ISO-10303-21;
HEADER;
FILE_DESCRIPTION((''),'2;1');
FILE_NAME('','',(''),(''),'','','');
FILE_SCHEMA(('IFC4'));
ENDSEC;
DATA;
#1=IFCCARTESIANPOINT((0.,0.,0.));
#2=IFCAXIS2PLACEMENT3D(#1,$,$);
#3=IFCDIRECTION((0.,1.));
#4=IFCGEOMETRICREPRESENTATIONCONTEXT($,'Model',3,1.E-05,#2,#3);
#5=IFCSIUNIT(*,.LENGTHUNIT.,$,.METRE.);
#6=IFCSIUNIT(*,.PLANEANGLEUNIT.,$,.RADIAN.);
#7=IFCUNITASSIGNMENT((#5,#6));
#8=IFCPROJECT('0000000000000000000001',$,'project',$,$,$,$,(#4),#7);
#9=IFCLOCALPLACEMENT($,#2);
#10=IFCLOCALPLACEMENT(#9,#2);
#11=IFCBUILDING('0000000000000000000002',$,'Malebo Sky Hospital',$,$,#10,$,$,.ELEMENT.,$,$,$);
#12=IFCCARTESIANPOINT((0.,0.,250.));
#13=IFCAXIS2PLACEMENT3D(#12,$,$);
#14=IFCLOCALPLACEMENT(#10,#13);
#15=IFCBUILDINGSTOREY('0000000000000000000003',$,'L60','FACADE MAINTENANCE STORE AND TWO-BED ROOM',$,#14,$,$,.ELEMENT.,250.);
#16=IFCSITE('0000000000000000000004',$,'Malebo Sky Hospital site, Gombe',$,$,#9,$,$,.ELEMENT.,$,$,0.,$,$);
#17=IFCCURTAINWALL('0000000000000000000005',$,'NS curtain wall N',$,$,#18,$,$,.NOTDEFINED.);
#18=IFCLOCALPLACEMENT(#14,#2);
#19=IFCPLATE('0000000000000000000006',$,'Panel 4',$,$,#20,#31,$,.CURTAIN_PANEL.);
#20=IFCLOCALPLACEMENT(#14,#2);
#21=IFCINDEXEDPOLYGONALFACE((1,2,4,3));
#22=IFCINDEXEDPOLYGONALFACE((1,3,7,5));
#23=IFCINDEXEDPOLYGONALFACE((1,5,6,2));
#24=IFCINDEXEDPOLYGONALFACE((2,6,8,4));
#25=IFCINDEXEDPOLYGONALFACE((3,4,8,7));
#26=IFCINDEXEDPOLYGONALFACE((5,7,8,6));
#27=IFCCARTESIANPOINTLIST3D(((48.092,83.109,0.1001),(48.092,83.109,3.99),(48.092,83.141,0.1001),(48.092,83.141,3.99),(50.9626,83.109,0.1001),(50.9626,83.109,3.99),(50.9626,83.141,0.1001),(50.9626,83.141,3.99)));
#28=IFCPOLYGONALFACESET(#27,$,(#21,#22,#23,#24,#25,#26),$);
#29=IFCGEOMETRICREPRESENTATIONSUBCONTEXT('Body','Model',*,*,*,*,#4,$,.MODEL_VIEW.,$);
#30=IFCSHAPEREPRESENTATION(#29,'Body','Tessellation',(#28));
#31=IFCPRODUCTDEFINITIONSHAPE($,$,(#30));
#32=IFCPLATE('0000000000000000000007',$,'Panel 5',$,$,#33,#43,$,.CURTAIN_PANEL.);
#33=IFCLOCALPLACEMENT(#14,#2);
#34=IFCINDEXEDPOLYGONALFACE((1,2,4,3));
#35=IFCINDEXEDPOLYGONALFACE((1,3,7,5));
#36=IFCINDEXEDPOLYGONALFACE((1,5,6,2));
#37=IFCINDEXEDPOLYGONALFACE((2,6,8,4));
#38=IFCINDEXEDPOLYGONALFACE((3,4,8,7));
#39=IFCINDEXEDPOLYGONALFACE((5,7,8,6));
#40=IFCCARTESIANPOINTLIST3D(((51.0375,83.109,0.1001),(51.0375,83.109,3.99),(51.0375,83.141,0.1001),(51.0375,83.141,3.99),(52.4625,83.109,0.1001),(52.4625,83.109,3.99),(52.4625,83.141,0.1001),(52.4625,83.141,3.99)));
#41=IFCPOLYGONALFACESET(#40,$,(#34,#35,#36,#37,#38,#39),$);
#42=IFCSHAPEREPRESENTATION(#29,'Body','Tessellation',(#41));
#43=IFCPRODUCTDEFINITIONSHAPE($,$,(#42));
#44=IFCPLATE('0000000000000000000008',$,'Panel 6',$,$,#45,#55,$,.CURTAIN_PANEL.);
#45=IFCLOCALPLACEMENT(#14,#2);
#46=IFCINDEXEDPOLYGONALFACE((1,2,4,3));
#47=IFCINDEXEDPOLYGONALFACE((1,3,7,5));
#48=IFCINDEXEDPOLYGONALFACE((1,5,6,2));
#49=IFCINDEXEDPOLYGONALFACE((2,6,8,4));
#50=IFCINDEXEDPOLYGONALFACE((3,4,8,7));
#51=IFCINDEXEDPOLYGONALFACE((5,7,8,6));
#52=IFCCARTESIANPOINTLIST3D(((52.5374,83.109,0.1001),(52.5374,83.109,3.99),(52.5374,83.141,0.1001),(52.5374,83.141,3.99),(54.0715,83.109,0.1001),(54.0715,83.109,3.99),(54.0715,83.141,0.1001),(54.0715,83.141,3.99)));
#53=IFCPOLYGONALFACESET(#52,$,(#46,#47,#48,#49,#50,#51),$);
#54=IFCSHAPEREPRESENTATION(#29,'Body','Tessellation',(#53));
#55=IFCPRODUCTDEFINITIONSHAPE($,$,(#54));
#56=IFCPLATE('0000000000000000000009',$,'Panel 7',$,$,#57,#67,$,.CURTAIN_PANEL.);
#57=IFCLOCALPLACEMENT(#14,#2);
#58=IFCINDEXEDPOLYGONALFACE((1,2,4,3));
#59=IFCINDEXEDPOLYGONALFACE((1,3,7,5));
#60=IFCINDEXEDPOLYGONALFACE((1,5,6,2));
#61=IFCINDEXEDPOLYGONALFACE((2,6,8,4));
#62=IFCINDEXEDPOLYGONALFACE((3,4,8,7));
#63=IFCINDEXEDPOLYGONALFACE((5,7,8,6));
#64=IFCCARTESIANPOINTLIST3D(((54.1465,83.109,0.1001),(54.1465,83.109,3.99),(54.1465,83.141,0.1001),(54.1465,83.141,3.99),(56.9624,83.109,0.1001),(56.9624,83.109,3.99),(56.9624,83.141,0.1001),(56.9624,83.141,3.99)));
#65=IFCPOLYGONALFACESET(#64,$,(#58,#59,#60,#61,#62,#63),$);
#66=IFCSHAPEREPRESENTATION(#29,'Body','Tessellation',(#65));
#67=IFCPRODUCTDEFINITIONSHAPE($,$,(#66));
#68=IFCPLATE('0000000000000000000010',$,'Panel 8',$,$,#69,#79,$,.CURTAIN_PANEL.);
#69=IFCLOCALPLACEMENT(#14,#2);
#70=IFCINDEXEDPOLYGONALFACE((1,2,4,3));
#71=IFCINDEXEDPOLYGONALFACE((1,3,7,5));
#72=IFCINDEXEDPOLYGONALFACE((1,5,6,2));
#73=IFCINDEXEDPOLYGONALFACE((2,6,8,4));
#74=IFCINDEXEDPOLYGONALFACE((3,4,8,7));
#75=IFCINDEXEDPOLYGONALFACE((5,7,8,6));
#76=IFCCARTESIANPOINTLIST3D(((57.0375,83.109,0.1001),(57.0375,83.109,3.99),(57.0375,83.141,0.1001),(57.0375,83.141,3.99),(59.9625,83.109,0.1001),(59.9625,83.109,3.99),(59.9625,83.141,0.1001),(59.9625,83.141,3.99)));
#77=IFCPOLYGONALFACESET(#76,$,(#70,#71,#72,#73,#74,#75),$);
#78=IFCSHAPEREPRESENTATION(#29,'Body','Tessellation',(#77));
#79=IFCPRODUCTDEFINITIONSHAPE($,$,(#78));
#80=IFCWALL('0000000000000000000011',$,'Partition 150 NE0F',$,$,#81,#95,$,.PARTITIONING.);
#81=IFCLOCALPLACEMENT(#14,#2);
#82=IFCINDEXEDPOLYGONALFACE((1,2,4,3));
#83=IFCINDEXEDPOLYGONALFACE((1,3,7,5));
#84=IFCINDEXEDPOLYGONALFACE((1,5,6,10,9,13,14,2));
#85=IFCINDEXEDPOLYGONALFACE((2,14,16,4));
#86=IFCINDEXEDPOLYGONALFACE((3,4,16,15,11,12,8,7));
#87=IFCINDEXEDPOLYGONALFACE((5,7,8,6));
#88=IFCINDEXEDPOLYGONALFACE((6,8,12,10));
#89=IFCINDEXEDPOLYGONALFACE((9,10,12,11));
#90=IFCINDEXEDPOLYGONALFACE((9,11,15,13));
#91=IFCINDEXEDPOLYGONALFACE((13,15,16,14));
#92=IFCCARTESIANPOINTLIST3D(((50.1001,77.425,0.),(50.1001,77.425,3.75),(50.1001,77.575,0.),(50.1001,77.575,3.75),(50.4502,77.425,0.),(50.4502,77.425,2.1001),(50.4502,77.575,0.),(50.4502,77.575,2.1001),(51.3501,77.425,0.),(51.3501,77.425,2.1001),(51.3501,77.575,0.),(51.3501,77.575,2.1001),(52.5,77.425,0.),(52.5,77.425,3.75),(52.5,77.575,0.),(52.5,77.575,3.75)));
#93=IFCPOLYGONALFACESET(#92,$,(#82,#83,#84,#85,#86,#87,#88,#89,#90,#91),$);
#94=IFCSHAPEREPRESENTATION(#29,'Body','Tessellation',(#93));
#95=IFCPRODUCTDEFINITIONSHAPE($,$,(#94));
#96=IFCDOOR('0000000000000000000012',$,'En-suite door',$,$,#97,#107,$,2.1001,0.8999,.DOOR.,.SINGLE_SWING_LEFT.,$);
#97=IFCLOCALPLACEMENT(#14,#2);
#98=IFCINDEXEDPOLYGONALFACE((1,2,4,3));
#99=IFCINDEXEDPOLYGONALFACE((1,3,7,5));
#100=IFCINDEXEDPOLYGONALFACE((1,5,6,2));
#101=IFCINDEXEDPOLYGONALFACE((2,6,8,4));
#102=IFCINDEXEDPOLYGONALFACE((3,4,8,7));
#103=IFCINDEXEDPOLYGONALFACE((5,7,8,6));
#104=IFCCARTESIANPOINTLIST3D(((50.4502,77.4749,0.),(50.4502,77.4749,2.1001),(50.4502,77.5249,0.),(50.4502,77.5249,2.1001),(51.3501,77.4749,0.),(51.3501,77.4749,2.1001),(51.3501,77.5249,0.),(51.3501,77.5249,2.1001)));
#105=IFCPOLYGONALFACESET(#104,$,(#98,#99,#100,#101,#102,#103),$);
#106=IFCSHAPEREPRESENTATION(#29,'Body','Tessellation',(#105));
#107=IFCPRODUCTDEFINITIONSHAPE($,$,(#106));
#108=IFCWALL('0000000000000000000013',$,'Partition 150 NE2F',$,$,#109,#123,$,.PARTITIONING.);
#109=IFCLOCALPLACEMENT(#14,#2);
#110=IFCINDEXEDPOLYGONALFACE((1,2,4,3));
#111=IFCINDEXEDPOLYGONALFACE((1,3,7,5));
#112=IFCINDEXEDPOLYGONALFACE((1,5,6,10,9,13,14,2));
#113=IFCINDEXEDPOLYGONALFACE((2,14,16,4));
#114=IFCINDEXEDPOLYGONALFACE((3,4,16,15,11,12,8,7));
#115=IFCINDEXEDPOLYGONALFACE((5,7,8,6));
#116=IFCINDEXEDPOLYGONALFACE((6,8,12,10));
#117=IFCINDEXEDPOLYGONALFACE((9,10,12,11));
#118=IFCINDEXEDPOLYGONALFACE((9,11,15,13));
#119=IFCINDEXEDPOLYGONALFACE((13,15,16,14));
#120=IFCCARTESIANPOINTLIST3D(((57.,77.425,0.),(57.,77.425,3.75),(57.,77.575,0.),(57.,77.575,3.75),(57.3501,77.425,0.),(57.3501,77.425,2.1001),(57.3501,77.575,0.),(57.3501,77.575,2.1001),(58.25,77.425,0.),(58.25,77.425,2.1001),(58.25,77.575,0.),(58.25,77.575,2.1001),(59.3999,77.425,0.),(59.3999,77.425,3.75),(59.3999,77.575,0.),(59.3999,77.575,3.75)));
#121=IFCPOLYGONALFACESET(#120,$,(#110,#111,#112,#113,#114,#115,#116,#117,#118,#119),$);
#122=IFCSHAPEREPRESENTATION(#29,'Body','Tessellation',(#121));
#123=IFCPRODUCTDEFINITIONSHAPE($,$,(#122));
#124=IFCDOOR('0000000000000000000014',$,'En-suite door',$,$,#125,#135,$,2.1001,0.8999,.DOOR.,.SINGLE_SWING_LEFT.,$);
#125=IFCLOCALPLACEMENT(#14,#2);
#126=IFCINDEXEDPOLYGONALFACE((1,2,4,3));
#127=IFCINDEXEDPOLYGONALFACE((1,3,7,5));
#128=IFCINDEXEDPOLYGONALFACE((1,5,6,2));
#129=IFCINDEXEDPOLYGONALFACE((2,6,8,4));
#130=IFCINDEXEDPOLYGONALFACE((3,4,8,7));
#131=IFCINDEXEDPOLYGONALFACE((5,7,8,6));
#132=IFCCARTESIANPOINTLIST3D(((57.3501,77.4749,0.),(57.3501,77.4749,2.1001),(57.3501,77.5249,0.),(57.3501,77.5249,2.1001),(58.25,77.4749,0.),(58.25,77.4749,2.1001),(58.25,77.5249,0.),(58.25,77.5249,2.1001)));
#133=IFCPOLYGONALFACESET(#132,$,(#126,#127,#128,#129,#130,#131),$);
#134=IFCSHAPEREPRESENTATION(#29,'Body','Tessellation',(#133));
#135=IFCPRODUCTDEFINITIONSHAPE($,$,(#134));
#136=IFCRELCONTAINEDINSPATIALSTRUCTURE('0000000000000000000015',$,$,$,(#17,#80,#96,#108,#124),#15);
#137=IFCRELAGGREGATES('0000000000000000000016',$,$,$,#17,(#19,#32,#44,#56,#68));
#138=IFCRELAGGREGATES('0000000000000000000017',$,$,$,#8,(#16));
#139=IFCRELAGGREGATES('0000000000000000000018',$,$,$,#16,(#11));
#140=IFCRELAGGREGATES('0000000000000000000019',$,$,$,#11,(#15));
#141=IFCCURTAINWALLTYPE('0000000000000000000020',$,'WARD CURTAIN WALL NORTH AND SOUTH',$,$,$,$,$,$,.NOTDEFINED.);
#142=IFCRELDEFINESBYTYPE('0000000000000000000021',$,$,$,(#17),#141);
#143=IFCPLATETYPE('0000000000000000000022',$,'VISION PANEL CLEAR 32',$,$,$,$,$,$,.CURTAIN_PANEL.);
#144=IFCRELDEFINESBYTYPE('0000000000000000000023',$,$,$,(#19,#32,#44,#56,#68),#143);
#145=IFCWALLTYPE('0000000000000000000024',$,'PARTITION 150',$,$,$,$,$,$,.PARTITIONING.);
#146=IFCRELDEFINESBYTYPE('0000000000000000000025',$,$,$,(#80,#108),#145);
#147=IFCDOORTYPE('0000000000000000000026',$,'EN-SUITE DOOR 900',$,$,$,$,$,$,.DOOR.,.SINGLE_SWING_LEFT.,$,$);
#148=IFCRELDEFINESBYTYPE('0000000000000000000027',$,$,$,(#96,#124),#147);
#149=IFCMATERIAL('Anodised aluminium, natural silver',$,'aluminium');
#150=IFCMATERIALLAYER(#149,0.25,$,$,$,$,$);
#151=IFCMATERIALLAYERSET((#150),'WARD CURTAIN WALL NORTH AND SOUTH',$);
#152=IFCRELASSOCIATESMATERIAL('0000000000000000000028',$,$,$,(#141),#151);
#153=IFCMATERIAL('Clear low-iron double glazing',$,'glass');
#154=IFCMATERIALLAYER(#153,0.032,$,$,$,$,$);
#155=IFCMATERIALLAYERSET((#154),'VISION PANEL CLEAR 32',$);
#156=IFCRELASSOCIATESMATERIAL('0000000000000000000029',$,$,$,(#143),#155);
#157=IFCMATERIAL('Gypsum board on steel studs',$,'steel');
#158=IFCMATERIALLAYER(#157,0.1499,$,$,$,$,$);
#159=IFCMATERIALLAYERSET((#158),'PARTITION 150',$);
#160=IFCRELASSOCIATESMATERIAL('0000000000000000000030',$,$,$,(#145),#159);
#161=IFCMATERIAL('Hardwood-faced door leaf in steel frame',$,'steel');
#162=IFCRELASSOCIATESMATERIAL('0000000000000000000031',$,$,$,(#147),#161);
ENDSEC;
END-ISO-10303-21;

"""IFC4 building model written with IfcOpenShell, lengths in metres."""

from ifc_helpers import new_model, si_unit, direction, frame, frame_2d, origin, origin_2d, place, context, subcontext, project, spatial, rectangle, extrude, material, layer, layer_set, type_object, element, fill, aggregate, save


model = new_model("IFC4")

# Units and contexts
model_context = context("Model", 3, precision=1e-05, world=origin(), true_north=direction((0.0, 1.0)))
body_context = subcontext(model_context, "Body", "Model", "MODEL_VIEW")
ifc_project = project(units=[si_unit("LENGTHUNIT", "METRE"), si_unit("PLANEANGLEUNIT", "RADIAN")], contexts=[model_context])

# Site, building, storey
site_placement = place(None, origin())
site = spatial("IfcSite", under=ifc_project, at=site_placement, Name="Malebo Sky Hospital site, Gombe", CompositionType="ELEMENT", RefElevation=0.0)
building_placement = place(site_placement, origin())
building = spatial("IfcBuilding", under=site, at=building_placement, Name="Malebo Sky Hospital", CompositionType="ELEMENT")
storey_placement = place(building_placement, frame((0.0, 0.0, 250.0)))
storey = spatial("IfcBuildingStorey", under=building, at=storey_placement, Name="L60", Description="FACADE MAINTENANCE STORE AND TWO-BED ROOM", CompositionType="ELEMENT", Elevation=250.0)

# Curtain wall
ifc_material_1 = material(Name="Anodised aluminium, natural silver", Category="aluminium")
ifc_layer_1 = layer(ifc_material_1, 0.25)
ifc_layer_set_1 = layer_set([ifc_layer_1], Name="WARD CURTAIN WALL NORTH AND SOUTH")
curtain_wall_type = type_object("IfcCurtainWallType", Name="WARD CURTAIN WALL NORTH AND SOUTH", PredefinedType="NOTDEFINED", material=ifc_layer_set_1)
curtain_wall_placement = place(storey_placement, origin())
curtain_wall = element("IfcCurtainWall", 1, at=curtain_wall_placement, inside=storey, type_object=curtain_wall_type, Name="NS curtain wall N", PredefinedType="NOTDEFINED")

# Plates
ifc_material_2 = material(Name="Clear low-iron double glazing", Category="glass")
ifc_layer_2 = layer(ifc_material_2, 0.032)
ifc_layer_set_2 = layer_set([ifc_layer_2], Name="VISION PANEL CLEAR 32")
plate_type = type_object("IfcPlateType", Name="VISION PANEL CLEAR 32", PredefinedType="CURTAIN_PANEL", material=ifc_layer_set_2)
plate_1_placement = place(storey_placement, frame((49.5273, 83.125, 0.1001), z_axis=(0.0, 0.0, 1.0), x_axis=(1.0, 0.0, 0.0)))
plate_1 = element("IfcPlate", 2, at=plate_1_placement, type_object=plate_type, Name="Panel 4", PredefinedType="CURTAIN_PANEL", context=body_context, shape_type="SweptSolid", body=[
    extrude(rectangle(XDim=2.8706, YDim=0.032, at=origin_2d()), origin(), (0.0, 0.0, 1.0), 3.8899),
])
plate_2_placement = place(storey_placement, frame((51.75, 83.125, 0.1001), z_axis=(0.0, 0.0, 1.0), x_axis=(1.0, 0.0, 0.0)))
plate_2 = element("IfcPlate", 3, at=plate_2_placement, type_object=plate_type, Name="Panel 5", PredefinedType="CURTAIN_PANEL", context=body_context, shape_type="SweptSolid", body=[
    extrude(rectangle(XDim=1.425, YDim=0.032, at=origin_2d()), origin(), (0.0, 0.0, 1.0), 3.8899),
])
plate_3_placement = place(storey_placement, frame((53.3044, 83.125, 0.1001), z_axis=(0.0, 0.0, 1.0), x_axis=(1.0, 0.0, 0.0)))
plate_3 = element("IfcPlate", 4, at=plate_3_placement, type_object=plate_type, Name="Panel 6", PredefinedType="CURTAIN_PANEL", context=body_context, shape_type="SweptSolid", body=[
    extrude(rectangle(XDim=1.5342, YDim=0.032, at=origin_2d()), origin(), (0.0, 0.0, 1.0), 3.8899),
])
plate_4_placement = place(storey_placement, frame((55.5544, 83.125, 0.1001), z_axis=(0.0, 0.0, 1.0), x_axis=(1.0, 0.0, 0.0)))
plate_4 = element("IfcPlate", 5, at=plate_4_placement, type_object=plate_type, Name="Panel 7", PredefinedType="CURTAIN_PANEL", context=body_context, shape_type="SweptSolid", body=[
    extrude(rectangle(XDim=2.8159, YDim=0.032, at=origin_2d()), origin(), (0.0, 0.0, 1.0), 3.8899),
])
plate_5_placement = place(storey_placement, frame((58.5, 83.125, 0.1001), z_axis=(0.0, 0.0, 1.0), x_axis=(1.0, 0.0, 0.0)))
plate_5 = element("IfcPlate", 6, at=plate_5_placement, type_object=plate_type, Name="Panel 8", PredefinedType="CURTAIN_PANEL", context=body_context, shape_type="SweptSolid", body=[
    extrude(rectangle(XDim=2.925, YDim=0.032, at=origin_2d()), origin(), (0.0, 0.0, 1.0), 3.8899),
])
aggregate(curtain_wall, [plate_1, plate_2, plate_3, plate_4, plate_5])

# Walls, openings, doors
ifc_material_3 = material(Name="Gypsum board on steel studs", Category="steel")
ifc_layer_3 = layer(ifc_material_3, 0.1499)
ifc_layer_set_3 = layer_set([ifc_layer_3], Name="PARTITION 150")
wall_type = type_object("IfcWallType", Name="PARTITION 150", PredefinedType="PARTITIONING", material=ifc_layer_set_3)
wall_1_placement = place(storey_placement, frame((50.1001, 77.5, 0.0), z_axis=(0.0, 0.0, 1.0), x_axis=(1.0, 0.0, 0.0)))
wall_1 = element("IfcWall", 7, at=wall_1_placement, inside=storey, type_object=wall_type, Name="Partition 150 NE0F", PredefinedType="PARTITIONING", context=body_context, shape_type="SweptSolid", body=[
    extrude(rectangle(XDim=2.3999, YDim=0.1499, at=frame_2d((1.2, 0.0))), origin(), (0.0, 0.0, 1.0), 3.75),
])
opening_1_placement = place(wall_1_placement, frame((0.3501, 0.0, 0.0)))
opening_1 = element("IfcOpeningElement", 8, at=opening_1_placement, cuts=wall_1, PredefinedType="OPENING", context=body_context, shape_type="SweptSolid", body=[
    extrude(rectangle(XDim=0.8999, YDim=2.1001, at=frame_2d((0.45, 1.05))), frame((0.0, 0.085, 0.0), z_axis=(0.0, -1.0, 0.0), x_axis=(1.0, 0.0, 0.0)), (0.0, 0.0, 1.0), 0.1699),
])
ifc_material_4 = material(Name="Hardwood-faced door leaf in steel frame", Category="steel")
door_type = type_object("IfcDoorType", Name="EN-SUITE DOOR 900", OperationType="SINGLE_SWING_LEFT", PredefinedType="DOOR", material=ifc_material_4)
door_1_placement = place(opening_1_placement, origin())
door_1 = element("IfcDoor", 9, at=door_1_placement, inside=storey, type_object=door_type, Name="En-suite door", OperationType="SINGLE_SWING_LEFT", OverallHeight=2.1001, OverallWidth=0.8999, PredefinedType="DOOR", context=body_context, shape_type="SweptSolid", body=[
    extrude(rectangle(XDim=0.8999, YDim=2.1001, at=frame_2d((0.45, 1.05))), frame((0.0, 0.0249, 0.0), z_axis=(0.0, -1.0, 0.0), x_axis=(1.0, 0.0, 0.0)), (0.0, 0.0, 1.0), 0.05),
])
fill(opening_1, door_1)
wall_2_placement = place(storey_placement, frame((57.0, 77.5, 0.0), z_axis=(0.0, 0.0, 1.0), x_axis=(1.0, 0.0, 0.0)))
wall_2 = element("IfcWall", 10, at=wall_2_placement, inside=storey, type_object=wall_type, Name="Partition 150 NE2F", PredefinedType="PARTITIONING", context=body_context, shape_type="SweptSolid", body=[
    extrude(rectangle(XDim=2.3999, YDim=0.1499, at=frame_2d((1.2, 0.0))), origin(), (0.0, 0.0, 1.0), 3.75),
])
opening_2_placement = place(wall_2_placement, frame((0.3501, 0.0, 0.0)))
opening_2 = element("IfcOpeningElement", 11, at=opening_2_placement, cuts=wall_2, PredefinedType="OPENING", context=body_context, shape_type="SweptSolid", body=[
    extrude(rectangle(XDim=0.8999, YDim=2.1001, at=frame_2d((0.45, 1.05))), frame((0.0, 0.085, 0.0), z_axis=(0.0, -1.0, 0.0), x_axis=(1.0, 0.0, 0.0)), (0.0, 0.0, 1.0), 0.1699),
])
door_2_placement = place(opening_2_placement, origin())
door_2 = element("IfcDoor", 12, at=door_2_placement, inside=storey, type_object=door_type, Name="En-suite door", OperationType="SINGLE_SWING_LEFT", OverallHeight=2.1001, OverallWidth=0.8999, PredefinedType="DOOR", context=body_context, shape_type="SweptSolid", body=[
    extrude(rectangle(XDim=0.8999, YDim=2.1001, at=frame_2d((0.45, 1.05))), frame((0.0, 0.0249, 0.0), z_axis=(0.0, -1.0, 0.0), x_axis=(1.0, 0.0, 0.0)), (0.0, 0.0, 1.0), 0.05),
])
fill(opening_2, door_2)

save(model, "model.ifc")
